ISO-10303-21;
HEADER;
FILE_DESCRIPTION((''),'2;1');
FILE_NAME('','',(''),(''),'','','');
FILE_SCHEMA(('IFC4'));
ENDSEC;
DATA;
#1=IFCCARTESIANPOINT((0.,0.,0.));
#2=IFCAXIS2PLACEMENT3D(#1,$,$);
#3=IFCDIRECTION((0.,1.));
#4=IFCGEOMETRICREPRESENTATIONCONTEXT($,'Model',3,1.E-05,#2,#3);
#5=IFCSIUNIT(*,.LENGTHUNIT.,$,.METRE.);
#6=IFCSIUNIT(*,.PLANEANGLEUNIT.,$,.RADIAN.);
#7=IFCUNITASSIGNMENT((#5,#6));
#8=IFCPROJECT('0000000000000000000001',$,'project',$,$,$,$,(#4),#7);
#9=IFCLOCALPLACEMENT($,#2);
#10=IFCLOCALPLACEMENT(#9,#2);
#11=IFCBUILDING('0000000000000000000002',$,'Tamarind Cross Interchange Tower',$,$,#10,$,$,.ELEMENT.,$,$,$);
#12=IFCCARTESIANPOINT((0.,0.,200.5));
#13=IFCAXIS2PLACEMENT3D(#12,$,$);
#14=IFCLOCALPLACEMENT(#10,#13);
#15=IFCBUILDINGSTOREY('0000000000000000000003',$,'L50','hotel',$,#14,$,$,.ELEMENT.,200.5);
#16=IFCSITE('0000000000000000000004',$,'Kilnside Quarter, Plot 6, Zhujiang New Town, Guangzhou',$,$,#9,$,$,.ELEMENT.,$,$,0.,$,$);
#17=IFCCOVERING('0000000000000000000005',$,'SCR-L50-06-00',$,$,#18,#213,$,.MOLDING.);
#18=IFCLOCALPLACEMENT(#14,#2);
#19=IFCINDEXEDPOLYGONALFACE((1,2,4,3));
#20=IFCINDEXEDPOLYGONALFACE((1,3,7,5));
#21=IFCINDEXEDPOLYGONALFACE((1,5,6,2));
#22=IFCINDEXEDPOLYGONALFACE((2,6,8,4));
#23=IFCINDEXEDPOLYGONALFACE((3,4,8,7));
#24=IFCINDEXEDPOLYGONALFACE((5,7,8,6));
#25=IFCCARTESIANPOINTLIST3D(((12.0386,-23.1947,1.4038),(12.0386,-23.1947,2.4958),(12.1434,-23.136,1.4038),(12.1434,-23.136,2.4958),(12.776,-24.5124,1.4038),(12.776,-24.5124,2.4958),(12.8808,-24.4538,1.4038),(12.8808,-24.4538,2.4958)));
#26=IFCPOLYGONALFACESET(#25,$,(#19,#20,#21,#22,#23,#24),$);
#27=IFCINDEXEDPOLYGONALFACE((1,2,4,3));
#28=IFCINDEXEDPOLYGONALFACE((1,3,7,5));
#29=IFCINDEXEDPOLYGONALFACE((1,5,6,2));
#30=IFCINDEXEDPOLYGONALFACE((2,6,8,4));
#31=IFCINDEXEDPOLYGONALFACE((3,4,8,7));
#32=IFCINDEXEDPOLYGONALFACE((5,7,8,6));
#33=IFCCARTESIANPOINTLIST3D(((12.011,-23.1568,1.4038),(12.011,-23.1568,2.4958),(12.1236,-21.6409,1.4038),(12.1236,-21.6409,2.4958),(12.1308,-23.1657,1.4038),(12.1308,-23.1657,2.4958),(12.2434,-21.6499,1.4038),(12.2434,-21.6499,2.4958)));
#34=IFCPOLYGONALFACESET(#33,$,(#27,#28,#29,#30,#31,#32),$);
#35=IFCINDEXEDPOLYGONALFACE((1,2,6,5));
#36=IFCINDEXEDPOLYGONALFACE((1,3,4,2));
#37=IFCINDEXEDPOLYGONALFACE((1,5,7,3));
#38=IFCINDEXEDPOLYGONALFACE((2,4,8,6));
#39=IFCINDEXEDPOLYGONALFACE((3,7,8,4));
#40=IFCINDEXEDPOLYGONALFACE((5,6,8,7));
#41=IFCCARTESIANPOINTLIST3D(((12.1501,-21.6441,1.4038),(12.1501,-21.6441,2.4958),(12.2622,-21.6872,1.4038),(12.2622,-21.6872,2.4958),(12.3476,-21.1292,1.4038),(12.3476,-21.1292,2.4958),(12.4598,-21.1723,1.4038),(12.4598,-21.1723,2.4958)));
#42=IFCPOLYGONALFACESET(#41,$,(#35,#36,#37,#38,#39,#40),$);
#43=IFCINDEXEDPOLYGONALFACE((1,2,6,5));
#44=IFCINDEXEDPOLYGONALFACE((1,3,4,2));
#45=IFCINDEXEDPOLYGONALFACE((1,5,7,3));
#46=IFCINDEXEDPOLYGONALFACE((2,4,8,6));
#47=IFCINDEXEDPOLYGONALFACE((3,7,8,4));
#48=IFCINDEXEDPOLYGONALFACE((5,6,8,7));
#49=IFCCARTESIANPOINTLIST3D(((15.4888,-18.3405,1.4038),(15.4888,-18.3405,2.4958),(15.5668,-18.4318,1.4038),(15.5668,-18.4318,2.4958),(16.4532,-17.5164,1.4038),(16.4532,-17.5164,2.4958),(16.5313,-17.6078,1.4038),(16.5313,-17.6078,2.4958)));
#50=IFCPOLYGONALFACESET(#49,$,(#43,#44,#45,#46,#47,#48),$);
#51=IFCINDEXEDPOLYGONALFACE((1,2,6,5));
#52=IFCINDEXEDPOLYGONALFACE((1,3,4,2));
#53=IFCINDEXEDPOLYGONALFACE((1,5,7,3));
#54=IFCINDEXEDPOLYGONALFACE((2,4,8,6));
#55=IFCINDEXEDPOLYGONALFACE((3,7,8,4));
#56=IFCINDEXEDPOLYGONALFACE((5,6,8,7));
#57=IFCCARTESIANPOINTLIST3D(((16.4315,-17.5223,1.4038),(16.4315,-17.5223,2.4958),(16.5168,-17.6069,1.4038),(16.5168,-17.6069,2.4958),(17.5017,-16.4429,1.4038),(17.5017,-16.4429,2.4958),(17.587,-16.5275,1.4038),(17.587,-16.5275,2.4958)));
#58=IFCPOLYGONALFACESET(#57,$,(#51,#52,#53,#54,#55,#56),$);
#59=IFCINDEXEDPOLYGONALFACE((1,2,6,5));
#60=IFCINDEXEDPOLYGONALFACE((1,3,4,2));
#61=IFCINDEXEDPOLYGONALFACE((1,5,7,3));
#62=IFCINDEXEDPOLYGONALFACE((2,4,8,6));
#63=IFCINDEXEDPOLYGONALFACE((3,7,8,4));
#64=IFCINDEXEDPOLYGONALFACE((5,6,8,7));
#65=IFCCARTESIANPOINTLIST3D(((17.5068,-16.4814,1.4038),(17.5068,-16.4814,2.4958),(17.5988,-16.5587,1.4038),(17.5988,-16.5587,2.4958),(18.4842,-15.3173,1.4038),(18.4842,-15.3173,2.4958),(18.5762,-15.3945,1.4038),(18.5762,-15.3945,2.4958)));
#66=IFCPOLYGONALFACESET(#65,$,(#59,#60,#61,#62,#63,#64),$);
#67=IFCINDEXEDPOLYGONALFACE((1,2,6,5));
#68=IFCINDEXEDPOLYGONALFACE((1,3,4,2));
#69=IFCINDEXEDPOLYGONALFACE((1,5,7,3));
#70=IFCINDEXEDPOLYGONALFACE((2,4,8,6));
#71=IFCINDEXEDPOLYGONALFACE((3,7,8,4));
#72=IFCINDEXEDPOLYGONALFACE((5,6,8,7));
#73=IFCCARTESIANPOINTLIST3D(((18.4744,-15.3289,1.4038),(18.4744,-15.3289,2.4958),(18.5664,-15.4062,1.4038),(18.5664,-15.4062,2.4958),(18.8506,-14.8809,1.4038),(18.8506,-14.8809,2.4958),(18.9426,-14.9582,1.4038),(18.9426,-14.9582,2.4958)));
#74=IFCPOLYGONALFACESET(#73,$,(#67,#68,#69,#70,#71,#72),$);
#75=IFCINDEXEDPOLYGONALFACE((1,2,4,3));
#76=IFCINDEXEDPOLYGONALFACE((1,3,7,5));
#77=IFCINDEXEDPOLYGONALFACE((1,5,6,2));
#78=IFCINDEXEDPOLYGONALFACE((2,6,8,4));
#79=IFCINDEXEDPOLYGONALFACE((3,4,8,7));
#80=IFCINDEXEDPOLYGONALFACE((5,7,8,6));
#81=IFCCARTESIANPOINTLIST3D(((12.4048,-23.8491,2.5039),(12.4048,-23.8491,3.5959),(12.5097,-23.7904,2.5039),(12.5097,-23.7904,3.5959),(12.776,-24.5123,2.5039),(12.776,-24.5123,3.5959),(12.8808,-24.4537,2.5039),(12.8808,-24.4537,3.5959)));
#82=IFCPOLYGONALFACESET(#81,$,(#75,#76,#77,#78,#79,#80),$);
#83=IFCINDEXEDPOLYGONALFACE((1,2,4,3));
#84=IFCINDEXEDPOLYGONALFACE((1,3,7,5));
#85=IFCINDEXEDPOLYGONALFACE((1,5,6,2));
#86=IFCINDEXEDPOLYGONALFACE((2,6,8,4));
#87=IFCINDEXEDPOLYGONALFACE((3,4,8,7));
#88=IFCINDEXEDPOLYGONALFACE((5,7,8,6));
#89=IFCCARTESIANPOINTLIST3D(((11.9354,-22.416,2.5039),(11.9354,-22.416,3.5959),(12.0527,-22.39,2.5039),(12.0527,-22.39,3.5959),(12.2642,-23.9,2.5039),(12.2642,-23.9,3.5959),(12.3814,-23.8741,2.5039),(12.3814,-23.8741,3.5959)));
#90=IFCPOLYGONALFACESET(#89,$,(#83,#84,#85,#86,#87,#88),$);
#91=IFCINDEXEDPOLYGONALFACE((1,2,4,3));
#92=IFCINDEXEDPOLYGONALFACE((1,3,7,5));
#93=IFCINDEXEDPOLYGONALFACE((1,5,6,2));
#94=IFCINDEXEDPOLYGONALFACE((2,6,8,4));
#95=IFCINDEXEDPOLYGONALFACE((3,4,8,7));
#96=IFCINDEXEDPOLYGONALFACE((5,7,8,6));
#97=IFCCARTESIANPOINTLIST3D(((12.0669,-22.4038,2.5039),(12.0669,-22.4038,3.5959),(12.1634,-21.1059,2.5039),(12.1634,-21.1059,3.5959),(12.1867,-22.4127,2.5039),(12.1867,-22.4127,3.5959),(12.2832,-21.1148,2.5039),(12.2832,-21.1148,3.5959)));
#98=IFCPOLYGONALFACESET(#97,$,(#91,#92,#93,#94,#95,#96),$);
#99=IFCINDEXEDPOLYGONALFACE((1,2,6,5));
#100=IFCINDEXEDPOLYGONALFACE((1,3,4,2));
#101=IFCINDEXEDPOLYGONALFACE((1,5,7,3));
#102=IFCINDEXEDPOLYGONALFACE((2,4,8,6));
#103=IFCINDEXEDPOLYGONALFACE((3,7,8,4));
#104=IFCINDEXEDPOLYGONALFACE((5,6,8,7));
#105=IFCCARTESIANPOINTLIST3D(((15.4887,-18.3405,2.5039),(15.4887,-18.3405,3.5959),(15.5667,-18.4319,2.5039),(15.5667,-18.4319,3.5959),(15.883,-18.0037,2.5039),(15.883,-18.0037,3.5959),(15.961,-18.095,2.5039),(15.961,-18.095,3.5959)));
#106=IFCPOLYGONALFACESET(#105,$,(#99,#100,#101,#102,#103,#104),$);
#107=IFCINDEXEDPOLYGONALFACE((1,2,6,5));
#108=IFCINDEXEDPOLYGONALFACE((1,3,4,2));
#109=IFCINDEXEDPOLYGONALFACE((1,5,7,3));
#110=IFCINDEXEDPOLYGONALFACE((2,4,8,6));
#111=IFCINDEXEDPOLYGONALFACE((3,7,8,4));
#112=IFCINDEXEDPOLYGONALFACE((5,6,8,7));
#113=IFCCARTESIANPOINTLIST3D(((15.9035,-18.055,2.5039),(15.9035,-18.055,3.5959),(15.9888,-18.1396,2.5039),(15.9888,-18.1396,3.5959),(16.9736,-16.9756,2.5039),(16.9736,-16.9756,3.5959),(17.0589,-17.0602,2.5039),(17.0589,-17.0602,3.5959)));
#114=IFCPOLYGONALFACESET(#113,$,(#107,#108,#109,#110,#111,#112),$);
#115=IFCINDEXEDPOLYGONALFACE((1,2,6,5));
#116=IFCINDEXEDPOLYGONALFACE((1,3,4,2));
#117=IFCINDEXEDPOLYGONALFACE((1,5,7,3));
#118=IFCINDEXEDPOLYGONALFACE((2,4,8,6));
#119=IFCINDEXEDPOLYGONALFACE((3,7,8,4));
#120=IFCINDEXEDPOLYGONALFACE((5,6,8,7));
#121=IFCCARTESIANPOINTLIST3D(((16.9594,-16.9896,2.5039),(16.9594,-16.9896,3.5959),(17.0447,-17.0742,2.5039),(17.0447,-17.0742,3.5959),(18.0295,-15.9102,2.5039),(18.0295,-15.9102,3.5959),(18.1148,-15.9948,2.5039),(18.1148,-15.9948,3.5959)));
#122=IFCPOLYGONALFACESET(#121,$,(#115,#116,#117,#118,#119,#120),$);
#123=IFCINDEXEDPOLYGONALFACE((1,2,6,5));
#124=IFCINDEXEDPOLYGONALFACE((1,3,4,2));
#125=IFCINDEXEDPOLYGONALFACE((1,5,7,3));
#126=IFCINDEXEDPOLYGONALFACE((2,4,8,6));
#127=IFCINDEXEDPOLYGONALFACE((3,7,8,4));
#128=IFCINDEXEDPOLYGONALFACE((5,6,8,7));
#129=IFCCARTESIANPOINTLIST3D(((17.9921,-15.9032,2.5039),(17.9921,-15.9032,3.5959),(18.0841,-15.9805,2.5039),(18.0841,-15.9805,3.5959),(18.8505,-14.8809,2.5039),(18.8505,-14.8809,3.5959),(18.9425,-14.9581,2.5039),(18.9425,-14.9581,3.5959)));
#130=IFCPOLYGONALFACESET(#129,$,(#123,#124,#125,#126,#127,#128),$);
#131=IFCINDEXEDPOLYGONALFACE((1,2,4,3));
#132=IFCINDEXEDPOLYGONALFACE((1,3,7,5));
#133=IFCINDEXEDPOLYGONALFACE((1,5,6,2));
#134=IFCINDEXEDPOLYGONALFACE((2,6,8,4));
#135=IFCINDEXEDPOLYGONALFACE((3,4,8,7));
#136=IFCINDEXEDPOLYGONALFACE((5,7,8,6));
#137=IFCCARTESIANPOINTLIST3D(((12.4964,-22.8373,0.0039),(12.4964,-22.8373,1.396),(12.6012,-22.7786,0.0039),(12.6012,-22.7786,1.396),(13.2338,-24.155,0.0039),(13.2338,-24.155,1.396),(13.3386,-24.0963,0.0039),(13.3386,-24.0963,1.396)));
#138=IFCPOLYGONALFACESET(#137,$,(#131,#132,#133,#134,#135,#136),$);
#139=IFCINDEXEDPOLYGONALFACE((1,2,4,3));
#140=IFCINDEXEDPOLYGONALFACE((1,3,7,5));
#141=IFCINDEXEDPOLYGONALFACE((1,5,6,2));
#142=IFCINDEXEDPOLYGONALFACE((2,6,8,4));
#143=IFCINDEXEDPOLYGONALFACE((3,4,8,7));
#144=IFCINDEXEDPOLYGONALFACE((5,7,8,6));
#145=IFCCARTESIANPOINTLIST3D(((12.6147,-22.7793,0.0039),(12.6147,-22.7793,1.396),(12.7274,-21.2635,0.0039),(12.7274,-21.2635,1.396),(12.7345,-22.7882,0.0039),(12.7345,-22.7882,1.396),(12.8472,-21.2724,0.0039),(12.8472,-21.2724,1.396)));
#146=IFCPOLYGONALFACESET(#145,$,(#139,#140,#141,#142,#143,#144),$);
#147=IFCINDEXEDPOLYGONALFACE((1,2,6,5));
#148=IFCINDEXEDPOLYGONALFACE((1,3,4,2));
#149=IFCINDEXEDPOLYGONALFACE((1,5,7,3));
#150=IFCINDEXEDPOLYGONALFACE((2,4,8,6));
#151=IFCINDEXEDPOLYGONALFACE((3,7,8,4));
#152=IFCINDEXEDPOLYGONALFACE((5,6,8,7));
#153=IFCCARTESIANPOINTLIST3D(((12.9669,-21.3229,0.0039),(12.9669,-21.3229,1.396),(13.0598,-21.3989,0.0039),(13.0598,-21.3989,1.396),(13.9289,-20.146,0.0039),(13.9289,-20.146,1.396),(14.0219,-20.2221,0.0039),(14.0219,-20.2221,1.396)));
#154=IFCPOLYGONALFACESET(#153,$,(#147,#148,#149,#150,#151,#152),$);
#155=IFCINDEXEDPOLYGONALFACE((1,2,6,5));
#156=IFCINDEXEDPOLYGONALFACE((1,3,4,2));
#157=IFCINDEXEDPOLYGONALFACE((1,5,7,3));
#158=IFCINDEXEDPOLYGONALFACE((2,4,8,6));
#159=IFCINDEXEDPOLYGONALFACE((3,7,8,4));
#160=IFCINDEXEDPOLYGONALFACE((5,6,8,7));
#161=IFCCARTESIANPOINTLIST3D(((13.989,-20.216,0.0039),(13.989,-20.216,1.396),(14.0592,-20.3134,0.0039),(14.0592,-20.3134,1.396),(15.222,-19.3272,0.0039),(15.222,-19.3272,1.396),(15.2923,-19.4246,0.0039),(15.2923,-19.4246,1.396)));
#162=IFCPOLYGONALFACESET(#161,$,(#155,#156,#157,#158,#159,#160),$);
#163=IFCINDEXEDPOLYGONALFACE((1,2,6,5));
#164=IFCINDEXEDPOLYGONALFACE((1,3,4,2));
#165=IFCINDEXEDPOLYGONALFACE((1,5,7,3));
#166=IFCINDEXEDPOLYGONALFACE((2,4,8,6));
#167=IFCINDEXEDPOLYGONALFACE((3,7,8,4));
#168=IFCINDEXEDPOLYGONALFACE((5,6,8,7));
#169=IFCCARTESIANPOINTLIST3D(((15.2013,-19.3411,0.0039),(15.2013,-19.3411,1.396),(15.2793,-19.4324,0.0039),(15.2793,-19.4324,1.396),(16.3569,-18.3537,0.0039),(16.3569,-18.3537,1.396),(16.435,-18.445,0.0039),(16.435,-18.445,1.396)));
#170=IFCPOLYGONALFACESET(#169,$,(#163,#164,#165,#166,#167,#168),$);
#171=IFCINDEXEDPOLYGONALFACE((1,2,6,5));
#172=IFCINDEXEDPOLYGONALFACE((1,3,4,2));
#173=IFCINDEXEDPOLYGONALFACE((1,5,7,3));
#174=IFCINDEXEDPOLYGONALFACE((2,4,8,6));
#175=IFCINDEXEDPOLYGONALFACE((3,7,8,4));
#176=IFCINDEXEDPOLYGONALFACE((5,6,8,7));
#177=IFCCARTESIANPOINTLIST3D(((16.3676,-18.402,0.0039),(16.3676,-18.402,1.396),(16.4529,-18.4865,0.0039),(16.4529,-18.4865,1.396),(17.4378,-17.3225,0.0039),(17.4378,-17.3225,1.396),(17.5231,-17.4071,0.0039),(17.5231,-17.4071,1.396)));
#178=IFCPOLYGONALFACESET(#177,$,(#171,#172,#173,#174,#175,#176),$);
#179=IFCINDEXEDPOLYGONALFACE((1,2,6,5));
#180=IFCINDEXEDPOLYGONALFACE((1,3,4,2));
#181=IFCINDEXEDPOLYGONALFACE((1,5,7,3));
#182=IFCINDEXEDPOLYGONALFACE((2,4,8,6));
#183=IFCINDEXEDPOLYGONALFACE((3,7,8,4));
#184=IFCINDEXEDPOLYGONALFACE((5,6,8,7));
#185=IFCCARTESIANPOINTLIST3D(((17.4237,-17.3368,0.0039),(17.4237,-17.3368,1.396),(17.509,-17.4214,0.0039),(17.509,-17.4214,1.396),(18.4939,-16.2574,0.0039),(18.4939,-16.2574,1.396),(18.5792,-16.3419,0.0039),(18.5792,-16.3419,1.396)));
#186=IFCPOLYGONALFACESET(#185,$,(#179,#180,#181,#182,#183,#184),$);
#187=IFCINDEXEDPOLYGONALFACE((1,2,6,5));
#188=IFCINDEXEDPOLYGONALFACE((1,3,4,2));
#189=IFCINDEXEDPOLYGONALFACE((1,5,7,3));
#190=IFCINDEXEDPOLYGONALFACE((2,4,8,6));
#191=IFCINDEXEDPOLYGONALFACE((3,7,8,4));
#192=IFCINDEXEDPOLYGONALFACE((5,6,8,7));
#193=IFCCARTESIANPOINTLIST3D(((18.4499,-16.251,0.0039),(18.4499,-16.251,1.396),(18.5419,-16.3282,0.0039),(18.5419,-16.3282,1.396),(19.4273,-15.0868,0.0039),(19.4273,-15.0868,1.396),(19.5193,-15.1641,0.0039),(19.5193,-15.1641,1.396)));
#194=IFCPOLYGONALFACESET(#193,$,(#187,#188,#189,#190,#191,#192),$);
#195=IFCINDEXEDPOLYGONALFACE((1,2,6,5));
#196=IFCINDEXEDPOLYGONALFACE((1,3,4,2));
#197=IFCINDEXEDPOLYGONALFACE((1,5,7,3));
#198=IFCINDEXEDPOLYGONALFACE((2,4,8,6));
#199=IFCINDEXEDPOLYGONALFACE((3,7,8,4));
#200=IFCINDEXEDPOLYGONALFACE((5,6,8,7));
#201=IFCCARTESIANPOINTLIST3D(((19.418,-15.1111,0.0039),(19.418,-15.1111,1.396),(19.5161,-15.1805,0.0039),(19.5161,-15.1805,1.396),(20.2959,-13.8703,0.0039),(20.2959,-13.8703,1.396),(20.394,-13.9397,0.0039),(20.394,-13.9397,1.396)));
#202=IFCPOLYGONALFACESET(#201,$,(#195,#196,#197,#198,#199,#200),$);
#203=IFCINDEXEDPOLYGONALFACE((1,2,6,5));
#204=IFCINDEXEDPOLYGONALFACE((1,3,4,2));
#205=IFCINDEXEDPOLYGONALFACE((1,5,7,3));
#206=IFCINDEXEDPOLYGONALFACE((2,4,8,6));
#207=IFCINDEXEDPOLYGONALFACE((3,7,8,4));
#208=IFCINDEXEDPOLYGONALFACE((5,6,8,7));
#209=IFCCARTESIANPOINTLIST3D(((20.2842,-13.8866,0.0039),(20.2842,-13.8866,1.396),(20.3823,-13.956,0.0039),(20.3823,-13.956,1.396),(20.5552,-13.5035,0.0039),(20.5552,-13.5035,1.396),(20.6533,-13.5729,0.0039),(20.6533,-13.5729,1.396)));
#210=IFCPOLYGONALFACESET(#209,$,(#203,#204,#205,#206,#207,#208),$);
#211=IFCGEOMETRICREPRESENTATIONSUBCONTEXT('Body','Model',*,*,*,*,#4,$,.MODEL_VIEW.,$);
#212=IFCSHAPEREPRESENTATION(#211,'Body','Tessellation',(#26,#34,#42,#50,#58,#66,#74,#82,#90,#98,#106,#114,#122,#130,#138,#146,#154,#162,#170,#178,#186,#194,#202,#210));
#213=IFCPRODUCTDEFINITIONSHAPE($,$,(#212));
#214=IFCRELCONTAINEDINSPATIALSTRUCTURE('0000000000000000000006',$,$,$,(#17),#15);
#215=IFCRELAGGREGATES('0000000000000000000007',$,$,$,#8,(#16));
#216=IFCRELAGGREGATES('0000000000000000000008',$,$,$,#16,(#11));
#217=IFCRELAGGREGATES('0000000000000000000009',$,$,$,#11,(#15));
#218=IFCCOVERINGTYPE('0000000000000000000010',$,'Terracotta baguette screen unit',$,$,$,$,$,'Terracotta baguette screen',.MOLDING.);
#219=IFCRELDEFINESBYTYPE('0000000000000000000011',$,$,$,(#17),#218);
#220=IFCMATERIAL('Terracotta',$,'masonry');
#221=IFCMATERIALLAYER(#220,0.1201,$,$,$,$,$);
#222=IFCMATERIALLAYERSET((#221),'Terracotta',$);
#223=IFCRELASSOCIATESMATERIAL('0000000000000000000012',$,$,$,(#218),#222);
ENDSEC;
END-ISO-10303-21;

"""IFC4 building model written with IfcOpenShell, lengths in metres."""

from ifc_helpers import new_model, si_unit, direction, frame, origin, origin_2d, place, context, subcontext, project, spatial, rectangle, extrude, material, layer, layer_set, type_object, element, save


model = new_model("IFC4")

# Units and contexts
model_context = context("Model", 3, precision=1e-05, world=origin(), true_north=direction((0.0, 1.0)))
body_context = subcontext(model_context, "Body", "Model", "MODEL_VIEW")
ifc_project = project(units=[si_unit("LENGTHUNIT", "METRE"), si_unit("PLANEANGLEUNIT", "RADIAN")], contexts=[model_context])

# Site, building, storey
site_placement = place(None, origin())
site = spatial("IfcSite", under=ifc_project, at=site_placement, Name="Kilnside Quarter, Plot 6, Zhujiang New Town, Guangzhou", CompositionType="ELEMENT", RefElevation=0.0)
building_placement = place(site_placement, origin())
building = spatial("IfcBuilding", under=site, at=building_placement, Name="Tamarind Cross Interchange Tower", CompositionType="ELEMENT")
storey_placement = place(building_placement, frame((0.0, 0.0, 200.5)))
storey = spatial("IfcBuildingStorey", under=building, at=storey_placement, Name="L50", Description="hotel", CompositionType="ELEMENT", Elevation=200.5)

# Covering
ifc_material_1 = material(Name="Terracotta", Category="masonry")
ifc_layer_1 = layer(ifc_material_1, 0.1201)
ifc_layer_set_1 = layer_set([ifc_layer_1], Name="Terracotta")
covering_type = type_object("IfcCoveringType", Name="Terracotta baguette screen unit", ElementType="Terracotta baguette screen", PredefinedType="MOLDING", material=ifc_layer_set_1)
covering_1_placement = place(storey_placement, origin())
element("IfcCovering", 1, at=covering_1_placement, inside=storey, type_object=covering_type, Name="SCR-L50-06-00", PredefinedType="MOLDING", context=body_context, shape_type="SweptSolid", body=[
    extrude(rectangle(XDim=1.51, YDim=0.1201, at=origin_2d()), frame((12.4597, -23.8242, 1.4038), z_axis=(0.0, 0.0, 1.0), x_axis=(-0.488323, 0.872663, 0.0)), (0.0, 0.0, 1.0), 1.092),
    extrude(rectangle(XDim=1.52, YDim=0.1201, at=origin_2d()), frame((12.1272, -22.4033, 1.4038), z_axis=(0.0, 0.0, 1.0), x_axis=(0.07413, 0.997249, 0.0)), (0.0, 0.0, 1.0), 1.092),
    extrude(rectangle(XDim=0.5515, YDim=0.1201, at=origin_2d()), frame((12.3049, -21.4082, 1.4038), z_axis=(0.0, 0.0, 1.0), x_axis=(0.358239, 0.93363, 0.0)), (0.0, 0.0, 1.0), 1.092),
    extrude(rectangle(XDim=1.2686, YDim=0.1201, at=origin_2d()), frame((16.01, -17.9741, 1.4038), z_axis=(0.0, 0.0, 1.0), x_axis=(0.760296, 0.649577, 0.0)), (0.0, 0.0, 1.0), 1.092),
    extrude(rectangle(XDim=1.52, YDim=0.1201, at=origin_2d()), frame((17.0093, -17.0249, 1.4038), z_axis=(0.0, 0.0, 1.0), x_axis=(0.704057, 0.710143, 0.0)), (0.0, 0.0, 1.0), 1.092),
    extrude(rectangle(XDim=1.52, YDim=0.1201, at=origin_2d()), frame((18.0415, -15.938, 1.4038), z_axis=(0.0, 0.0, 1.0), x_axis=(0.643009, 0.765858, 0.0)), (0.0, 0.0, 1.0), 1.092),
    extrude(rectangle(XDim=0.585, YDim=0.1201, at=origin_2d()), frame((18.7085, -15.1436, 1.4038), z_axis=(0.0, 0.0, 1.0), x_axis=(0.643009, 0.765858, 0.0)), (0.0, 0.0, 1.0), 1.092),
    extrude(rectangle(XDim=0.76, YDim=0.1201, at=origin_2d()), frame((12.6428, -24.1514, 2.5039), z_axis=(0.0, 0.0, 1.0), x_axis=(-0.488323, 0.872663, 0.0)), (0.0, 0.0, 1.0), 1.092),
    extrude(rectangle(XDim=1.52, YDim=0.1201, at=origin_2d()), frame((12.1584, -23.145, 2.5039), z_axis=(0.0, 0.0, 1.0), x_axis=(-0.216262, 0.976335, 0.0)), (0.0, 0.0, 1.0), 1.092),
    extrude(rectangle(XDim=1.3015, YDim=0.1201, at=origin_2d()), frame((12.175, -21.7593, 2.5039), z_axis=(0.0, 0.0, 1.0), x_axis=(0.07413, 0.997249, 0.0)), (0.0, 0.0, 1.0), 1.092),
    extrude(rectangle(XDim=0.5186, YDim=0.1201, at=origin_2d()), frame((15.7249, -18.2178, 2.5039), z_axis=(0.0, 0.0, 1.0), x_axis=(0.760296, 0.649577, 0.0)), (0.0, 0.0, 1.0), 1.092),
    extrude(rectangle(XDim=1.52, YDim=0.1201, at=origin_2d()), frame((16.4812, -17.5576, 2.5039), z_axis=(0.0, 0.0, 1.0), x_axis=(0.704057, 0.710143, 0.0)), (0.0, 0.0, 1.0), 1.092),
    extrude(rectangle(XDim=1.52, YDim=0.1201, at=origin_2d()), frame((17.5371, -16.4922, 2.5039), z_axis=(0.0, 0.0, 1.0), x_axis=(0.704057, 0.710143, 0.0)), (0.0, 0.0, 1.0), 1.092),
    extrude(rectangle(XDim=1.335, YDim=0.1201, at=origin_2d()), frame((18.4673, -15.4307, 2.5039), z_axis=(0.0, 0.0, 1.0), x_axis=(0.643009, 0.765858, 0.0)), (0.0, 0.0, 1.0), 1.092),
    extrude(rectangle(XDim=1.51, YDim=0.1201, at=origin_2d()), frame((12.9175, -23.4668, 0.0039), z_axis=(0.0, 0.0, 1.0), x_axis=(-0.488323, 0.872663, 0.0)), (0.0, 0.0, 1.0), 1.3921),
    extrude(rectangle(XDim=1.52, YDim=0.1201, at=origin_2d()), frame((12.731, -22.0259, 0.0039), z_axis=(0.0, 0.0, 1.0), x_axis=(0.07413, 0.997249, 0.0)), (0.0, 0.0, 1.0), 1.3921),
    extrude(rectangle(XDim=1.52, YDim=0.1201, at=origin_2d()), frame((13.4944, -20.7725, 0.0039), z_axis=(0.0, 0.0, 1.0), x_axis=(0.632934, 0.774206, 0.0)), (0.0, 0.0, 1.0), 1.3921),
    extrude(rectangle(XDim=1.52, YDim=0.1201, at=origin_2d()), frame((14.6406, -19.8203, 0.0039), z_axis=(0.0, 0.0, 1.0), x_axis=(0.811217, 0.584745, 0.0)), (0.0, 0.0, 1.0), 1.3921),
    extrude(rectangle(XDim=1.52, YDim=0.1201, at=origin_2d()), frame((15.8181, -18.8931, 0.0039), z_axis=(0.0, 0.0, 1.0), x_axis=(0.760296, 0.649577, 0.0)), (0.0, 0.0, 1.0), 1.3921),
    extrude(rectangle(XDim=1.52, YDim=0.1201, at=origin_2d()), frame((16.9453, -17.9045, 0.0039), z_axis=(0.0, 0.0, 1.0), x_axis=(0.704057, 0.710143, 0.0)), (0.0, 0.0, 1.0), 1.3921),
    extrude(rectangle(XDim=1.52, YDim=0.1201, at=origin_2d()), frame((18.0015, -16.8394, 0.0039), z_axis=(0.0, 0.0, 1.0), x_axis=(0.704057, 0.710143, 0.0)), (0.0, 0.0, 1.0), 1.3921),
    extrude(rectangle(XDim=1.52, YDim=0.1201, at=origin_2d()), frame((18.9846, -15.7075, 0.0039), z_axis=(0.0, 0.0, 1.0), x_axis=(0.643009, 0.765858, 0.0)), (0.0, 0.0, 1.0), 1.3921),
    extrude(rectangle(XDim=1.52, YDim=0.1201, at=origin_2d()), frame((19.906, -14.5254, 0.0039), z_axis=(0.0, 0.0, 1.0), x_axis=(0.577569, 0.816342, 0.0)), (0.0, 0.0, 1.0), 1.3921),
    extrude(rectangle(XDim=0.4692, YDim=0.1201, at=origin_2d()), frame((20.4688, -13.7297, 0.0039), z_axis=(0.0, 0.0, 1.0), x_axis=(0.577569, 0.816342, 0.0)), (0.0, 0.0, 1.0), 1.3921),
])

save(model, "model.ifc")
